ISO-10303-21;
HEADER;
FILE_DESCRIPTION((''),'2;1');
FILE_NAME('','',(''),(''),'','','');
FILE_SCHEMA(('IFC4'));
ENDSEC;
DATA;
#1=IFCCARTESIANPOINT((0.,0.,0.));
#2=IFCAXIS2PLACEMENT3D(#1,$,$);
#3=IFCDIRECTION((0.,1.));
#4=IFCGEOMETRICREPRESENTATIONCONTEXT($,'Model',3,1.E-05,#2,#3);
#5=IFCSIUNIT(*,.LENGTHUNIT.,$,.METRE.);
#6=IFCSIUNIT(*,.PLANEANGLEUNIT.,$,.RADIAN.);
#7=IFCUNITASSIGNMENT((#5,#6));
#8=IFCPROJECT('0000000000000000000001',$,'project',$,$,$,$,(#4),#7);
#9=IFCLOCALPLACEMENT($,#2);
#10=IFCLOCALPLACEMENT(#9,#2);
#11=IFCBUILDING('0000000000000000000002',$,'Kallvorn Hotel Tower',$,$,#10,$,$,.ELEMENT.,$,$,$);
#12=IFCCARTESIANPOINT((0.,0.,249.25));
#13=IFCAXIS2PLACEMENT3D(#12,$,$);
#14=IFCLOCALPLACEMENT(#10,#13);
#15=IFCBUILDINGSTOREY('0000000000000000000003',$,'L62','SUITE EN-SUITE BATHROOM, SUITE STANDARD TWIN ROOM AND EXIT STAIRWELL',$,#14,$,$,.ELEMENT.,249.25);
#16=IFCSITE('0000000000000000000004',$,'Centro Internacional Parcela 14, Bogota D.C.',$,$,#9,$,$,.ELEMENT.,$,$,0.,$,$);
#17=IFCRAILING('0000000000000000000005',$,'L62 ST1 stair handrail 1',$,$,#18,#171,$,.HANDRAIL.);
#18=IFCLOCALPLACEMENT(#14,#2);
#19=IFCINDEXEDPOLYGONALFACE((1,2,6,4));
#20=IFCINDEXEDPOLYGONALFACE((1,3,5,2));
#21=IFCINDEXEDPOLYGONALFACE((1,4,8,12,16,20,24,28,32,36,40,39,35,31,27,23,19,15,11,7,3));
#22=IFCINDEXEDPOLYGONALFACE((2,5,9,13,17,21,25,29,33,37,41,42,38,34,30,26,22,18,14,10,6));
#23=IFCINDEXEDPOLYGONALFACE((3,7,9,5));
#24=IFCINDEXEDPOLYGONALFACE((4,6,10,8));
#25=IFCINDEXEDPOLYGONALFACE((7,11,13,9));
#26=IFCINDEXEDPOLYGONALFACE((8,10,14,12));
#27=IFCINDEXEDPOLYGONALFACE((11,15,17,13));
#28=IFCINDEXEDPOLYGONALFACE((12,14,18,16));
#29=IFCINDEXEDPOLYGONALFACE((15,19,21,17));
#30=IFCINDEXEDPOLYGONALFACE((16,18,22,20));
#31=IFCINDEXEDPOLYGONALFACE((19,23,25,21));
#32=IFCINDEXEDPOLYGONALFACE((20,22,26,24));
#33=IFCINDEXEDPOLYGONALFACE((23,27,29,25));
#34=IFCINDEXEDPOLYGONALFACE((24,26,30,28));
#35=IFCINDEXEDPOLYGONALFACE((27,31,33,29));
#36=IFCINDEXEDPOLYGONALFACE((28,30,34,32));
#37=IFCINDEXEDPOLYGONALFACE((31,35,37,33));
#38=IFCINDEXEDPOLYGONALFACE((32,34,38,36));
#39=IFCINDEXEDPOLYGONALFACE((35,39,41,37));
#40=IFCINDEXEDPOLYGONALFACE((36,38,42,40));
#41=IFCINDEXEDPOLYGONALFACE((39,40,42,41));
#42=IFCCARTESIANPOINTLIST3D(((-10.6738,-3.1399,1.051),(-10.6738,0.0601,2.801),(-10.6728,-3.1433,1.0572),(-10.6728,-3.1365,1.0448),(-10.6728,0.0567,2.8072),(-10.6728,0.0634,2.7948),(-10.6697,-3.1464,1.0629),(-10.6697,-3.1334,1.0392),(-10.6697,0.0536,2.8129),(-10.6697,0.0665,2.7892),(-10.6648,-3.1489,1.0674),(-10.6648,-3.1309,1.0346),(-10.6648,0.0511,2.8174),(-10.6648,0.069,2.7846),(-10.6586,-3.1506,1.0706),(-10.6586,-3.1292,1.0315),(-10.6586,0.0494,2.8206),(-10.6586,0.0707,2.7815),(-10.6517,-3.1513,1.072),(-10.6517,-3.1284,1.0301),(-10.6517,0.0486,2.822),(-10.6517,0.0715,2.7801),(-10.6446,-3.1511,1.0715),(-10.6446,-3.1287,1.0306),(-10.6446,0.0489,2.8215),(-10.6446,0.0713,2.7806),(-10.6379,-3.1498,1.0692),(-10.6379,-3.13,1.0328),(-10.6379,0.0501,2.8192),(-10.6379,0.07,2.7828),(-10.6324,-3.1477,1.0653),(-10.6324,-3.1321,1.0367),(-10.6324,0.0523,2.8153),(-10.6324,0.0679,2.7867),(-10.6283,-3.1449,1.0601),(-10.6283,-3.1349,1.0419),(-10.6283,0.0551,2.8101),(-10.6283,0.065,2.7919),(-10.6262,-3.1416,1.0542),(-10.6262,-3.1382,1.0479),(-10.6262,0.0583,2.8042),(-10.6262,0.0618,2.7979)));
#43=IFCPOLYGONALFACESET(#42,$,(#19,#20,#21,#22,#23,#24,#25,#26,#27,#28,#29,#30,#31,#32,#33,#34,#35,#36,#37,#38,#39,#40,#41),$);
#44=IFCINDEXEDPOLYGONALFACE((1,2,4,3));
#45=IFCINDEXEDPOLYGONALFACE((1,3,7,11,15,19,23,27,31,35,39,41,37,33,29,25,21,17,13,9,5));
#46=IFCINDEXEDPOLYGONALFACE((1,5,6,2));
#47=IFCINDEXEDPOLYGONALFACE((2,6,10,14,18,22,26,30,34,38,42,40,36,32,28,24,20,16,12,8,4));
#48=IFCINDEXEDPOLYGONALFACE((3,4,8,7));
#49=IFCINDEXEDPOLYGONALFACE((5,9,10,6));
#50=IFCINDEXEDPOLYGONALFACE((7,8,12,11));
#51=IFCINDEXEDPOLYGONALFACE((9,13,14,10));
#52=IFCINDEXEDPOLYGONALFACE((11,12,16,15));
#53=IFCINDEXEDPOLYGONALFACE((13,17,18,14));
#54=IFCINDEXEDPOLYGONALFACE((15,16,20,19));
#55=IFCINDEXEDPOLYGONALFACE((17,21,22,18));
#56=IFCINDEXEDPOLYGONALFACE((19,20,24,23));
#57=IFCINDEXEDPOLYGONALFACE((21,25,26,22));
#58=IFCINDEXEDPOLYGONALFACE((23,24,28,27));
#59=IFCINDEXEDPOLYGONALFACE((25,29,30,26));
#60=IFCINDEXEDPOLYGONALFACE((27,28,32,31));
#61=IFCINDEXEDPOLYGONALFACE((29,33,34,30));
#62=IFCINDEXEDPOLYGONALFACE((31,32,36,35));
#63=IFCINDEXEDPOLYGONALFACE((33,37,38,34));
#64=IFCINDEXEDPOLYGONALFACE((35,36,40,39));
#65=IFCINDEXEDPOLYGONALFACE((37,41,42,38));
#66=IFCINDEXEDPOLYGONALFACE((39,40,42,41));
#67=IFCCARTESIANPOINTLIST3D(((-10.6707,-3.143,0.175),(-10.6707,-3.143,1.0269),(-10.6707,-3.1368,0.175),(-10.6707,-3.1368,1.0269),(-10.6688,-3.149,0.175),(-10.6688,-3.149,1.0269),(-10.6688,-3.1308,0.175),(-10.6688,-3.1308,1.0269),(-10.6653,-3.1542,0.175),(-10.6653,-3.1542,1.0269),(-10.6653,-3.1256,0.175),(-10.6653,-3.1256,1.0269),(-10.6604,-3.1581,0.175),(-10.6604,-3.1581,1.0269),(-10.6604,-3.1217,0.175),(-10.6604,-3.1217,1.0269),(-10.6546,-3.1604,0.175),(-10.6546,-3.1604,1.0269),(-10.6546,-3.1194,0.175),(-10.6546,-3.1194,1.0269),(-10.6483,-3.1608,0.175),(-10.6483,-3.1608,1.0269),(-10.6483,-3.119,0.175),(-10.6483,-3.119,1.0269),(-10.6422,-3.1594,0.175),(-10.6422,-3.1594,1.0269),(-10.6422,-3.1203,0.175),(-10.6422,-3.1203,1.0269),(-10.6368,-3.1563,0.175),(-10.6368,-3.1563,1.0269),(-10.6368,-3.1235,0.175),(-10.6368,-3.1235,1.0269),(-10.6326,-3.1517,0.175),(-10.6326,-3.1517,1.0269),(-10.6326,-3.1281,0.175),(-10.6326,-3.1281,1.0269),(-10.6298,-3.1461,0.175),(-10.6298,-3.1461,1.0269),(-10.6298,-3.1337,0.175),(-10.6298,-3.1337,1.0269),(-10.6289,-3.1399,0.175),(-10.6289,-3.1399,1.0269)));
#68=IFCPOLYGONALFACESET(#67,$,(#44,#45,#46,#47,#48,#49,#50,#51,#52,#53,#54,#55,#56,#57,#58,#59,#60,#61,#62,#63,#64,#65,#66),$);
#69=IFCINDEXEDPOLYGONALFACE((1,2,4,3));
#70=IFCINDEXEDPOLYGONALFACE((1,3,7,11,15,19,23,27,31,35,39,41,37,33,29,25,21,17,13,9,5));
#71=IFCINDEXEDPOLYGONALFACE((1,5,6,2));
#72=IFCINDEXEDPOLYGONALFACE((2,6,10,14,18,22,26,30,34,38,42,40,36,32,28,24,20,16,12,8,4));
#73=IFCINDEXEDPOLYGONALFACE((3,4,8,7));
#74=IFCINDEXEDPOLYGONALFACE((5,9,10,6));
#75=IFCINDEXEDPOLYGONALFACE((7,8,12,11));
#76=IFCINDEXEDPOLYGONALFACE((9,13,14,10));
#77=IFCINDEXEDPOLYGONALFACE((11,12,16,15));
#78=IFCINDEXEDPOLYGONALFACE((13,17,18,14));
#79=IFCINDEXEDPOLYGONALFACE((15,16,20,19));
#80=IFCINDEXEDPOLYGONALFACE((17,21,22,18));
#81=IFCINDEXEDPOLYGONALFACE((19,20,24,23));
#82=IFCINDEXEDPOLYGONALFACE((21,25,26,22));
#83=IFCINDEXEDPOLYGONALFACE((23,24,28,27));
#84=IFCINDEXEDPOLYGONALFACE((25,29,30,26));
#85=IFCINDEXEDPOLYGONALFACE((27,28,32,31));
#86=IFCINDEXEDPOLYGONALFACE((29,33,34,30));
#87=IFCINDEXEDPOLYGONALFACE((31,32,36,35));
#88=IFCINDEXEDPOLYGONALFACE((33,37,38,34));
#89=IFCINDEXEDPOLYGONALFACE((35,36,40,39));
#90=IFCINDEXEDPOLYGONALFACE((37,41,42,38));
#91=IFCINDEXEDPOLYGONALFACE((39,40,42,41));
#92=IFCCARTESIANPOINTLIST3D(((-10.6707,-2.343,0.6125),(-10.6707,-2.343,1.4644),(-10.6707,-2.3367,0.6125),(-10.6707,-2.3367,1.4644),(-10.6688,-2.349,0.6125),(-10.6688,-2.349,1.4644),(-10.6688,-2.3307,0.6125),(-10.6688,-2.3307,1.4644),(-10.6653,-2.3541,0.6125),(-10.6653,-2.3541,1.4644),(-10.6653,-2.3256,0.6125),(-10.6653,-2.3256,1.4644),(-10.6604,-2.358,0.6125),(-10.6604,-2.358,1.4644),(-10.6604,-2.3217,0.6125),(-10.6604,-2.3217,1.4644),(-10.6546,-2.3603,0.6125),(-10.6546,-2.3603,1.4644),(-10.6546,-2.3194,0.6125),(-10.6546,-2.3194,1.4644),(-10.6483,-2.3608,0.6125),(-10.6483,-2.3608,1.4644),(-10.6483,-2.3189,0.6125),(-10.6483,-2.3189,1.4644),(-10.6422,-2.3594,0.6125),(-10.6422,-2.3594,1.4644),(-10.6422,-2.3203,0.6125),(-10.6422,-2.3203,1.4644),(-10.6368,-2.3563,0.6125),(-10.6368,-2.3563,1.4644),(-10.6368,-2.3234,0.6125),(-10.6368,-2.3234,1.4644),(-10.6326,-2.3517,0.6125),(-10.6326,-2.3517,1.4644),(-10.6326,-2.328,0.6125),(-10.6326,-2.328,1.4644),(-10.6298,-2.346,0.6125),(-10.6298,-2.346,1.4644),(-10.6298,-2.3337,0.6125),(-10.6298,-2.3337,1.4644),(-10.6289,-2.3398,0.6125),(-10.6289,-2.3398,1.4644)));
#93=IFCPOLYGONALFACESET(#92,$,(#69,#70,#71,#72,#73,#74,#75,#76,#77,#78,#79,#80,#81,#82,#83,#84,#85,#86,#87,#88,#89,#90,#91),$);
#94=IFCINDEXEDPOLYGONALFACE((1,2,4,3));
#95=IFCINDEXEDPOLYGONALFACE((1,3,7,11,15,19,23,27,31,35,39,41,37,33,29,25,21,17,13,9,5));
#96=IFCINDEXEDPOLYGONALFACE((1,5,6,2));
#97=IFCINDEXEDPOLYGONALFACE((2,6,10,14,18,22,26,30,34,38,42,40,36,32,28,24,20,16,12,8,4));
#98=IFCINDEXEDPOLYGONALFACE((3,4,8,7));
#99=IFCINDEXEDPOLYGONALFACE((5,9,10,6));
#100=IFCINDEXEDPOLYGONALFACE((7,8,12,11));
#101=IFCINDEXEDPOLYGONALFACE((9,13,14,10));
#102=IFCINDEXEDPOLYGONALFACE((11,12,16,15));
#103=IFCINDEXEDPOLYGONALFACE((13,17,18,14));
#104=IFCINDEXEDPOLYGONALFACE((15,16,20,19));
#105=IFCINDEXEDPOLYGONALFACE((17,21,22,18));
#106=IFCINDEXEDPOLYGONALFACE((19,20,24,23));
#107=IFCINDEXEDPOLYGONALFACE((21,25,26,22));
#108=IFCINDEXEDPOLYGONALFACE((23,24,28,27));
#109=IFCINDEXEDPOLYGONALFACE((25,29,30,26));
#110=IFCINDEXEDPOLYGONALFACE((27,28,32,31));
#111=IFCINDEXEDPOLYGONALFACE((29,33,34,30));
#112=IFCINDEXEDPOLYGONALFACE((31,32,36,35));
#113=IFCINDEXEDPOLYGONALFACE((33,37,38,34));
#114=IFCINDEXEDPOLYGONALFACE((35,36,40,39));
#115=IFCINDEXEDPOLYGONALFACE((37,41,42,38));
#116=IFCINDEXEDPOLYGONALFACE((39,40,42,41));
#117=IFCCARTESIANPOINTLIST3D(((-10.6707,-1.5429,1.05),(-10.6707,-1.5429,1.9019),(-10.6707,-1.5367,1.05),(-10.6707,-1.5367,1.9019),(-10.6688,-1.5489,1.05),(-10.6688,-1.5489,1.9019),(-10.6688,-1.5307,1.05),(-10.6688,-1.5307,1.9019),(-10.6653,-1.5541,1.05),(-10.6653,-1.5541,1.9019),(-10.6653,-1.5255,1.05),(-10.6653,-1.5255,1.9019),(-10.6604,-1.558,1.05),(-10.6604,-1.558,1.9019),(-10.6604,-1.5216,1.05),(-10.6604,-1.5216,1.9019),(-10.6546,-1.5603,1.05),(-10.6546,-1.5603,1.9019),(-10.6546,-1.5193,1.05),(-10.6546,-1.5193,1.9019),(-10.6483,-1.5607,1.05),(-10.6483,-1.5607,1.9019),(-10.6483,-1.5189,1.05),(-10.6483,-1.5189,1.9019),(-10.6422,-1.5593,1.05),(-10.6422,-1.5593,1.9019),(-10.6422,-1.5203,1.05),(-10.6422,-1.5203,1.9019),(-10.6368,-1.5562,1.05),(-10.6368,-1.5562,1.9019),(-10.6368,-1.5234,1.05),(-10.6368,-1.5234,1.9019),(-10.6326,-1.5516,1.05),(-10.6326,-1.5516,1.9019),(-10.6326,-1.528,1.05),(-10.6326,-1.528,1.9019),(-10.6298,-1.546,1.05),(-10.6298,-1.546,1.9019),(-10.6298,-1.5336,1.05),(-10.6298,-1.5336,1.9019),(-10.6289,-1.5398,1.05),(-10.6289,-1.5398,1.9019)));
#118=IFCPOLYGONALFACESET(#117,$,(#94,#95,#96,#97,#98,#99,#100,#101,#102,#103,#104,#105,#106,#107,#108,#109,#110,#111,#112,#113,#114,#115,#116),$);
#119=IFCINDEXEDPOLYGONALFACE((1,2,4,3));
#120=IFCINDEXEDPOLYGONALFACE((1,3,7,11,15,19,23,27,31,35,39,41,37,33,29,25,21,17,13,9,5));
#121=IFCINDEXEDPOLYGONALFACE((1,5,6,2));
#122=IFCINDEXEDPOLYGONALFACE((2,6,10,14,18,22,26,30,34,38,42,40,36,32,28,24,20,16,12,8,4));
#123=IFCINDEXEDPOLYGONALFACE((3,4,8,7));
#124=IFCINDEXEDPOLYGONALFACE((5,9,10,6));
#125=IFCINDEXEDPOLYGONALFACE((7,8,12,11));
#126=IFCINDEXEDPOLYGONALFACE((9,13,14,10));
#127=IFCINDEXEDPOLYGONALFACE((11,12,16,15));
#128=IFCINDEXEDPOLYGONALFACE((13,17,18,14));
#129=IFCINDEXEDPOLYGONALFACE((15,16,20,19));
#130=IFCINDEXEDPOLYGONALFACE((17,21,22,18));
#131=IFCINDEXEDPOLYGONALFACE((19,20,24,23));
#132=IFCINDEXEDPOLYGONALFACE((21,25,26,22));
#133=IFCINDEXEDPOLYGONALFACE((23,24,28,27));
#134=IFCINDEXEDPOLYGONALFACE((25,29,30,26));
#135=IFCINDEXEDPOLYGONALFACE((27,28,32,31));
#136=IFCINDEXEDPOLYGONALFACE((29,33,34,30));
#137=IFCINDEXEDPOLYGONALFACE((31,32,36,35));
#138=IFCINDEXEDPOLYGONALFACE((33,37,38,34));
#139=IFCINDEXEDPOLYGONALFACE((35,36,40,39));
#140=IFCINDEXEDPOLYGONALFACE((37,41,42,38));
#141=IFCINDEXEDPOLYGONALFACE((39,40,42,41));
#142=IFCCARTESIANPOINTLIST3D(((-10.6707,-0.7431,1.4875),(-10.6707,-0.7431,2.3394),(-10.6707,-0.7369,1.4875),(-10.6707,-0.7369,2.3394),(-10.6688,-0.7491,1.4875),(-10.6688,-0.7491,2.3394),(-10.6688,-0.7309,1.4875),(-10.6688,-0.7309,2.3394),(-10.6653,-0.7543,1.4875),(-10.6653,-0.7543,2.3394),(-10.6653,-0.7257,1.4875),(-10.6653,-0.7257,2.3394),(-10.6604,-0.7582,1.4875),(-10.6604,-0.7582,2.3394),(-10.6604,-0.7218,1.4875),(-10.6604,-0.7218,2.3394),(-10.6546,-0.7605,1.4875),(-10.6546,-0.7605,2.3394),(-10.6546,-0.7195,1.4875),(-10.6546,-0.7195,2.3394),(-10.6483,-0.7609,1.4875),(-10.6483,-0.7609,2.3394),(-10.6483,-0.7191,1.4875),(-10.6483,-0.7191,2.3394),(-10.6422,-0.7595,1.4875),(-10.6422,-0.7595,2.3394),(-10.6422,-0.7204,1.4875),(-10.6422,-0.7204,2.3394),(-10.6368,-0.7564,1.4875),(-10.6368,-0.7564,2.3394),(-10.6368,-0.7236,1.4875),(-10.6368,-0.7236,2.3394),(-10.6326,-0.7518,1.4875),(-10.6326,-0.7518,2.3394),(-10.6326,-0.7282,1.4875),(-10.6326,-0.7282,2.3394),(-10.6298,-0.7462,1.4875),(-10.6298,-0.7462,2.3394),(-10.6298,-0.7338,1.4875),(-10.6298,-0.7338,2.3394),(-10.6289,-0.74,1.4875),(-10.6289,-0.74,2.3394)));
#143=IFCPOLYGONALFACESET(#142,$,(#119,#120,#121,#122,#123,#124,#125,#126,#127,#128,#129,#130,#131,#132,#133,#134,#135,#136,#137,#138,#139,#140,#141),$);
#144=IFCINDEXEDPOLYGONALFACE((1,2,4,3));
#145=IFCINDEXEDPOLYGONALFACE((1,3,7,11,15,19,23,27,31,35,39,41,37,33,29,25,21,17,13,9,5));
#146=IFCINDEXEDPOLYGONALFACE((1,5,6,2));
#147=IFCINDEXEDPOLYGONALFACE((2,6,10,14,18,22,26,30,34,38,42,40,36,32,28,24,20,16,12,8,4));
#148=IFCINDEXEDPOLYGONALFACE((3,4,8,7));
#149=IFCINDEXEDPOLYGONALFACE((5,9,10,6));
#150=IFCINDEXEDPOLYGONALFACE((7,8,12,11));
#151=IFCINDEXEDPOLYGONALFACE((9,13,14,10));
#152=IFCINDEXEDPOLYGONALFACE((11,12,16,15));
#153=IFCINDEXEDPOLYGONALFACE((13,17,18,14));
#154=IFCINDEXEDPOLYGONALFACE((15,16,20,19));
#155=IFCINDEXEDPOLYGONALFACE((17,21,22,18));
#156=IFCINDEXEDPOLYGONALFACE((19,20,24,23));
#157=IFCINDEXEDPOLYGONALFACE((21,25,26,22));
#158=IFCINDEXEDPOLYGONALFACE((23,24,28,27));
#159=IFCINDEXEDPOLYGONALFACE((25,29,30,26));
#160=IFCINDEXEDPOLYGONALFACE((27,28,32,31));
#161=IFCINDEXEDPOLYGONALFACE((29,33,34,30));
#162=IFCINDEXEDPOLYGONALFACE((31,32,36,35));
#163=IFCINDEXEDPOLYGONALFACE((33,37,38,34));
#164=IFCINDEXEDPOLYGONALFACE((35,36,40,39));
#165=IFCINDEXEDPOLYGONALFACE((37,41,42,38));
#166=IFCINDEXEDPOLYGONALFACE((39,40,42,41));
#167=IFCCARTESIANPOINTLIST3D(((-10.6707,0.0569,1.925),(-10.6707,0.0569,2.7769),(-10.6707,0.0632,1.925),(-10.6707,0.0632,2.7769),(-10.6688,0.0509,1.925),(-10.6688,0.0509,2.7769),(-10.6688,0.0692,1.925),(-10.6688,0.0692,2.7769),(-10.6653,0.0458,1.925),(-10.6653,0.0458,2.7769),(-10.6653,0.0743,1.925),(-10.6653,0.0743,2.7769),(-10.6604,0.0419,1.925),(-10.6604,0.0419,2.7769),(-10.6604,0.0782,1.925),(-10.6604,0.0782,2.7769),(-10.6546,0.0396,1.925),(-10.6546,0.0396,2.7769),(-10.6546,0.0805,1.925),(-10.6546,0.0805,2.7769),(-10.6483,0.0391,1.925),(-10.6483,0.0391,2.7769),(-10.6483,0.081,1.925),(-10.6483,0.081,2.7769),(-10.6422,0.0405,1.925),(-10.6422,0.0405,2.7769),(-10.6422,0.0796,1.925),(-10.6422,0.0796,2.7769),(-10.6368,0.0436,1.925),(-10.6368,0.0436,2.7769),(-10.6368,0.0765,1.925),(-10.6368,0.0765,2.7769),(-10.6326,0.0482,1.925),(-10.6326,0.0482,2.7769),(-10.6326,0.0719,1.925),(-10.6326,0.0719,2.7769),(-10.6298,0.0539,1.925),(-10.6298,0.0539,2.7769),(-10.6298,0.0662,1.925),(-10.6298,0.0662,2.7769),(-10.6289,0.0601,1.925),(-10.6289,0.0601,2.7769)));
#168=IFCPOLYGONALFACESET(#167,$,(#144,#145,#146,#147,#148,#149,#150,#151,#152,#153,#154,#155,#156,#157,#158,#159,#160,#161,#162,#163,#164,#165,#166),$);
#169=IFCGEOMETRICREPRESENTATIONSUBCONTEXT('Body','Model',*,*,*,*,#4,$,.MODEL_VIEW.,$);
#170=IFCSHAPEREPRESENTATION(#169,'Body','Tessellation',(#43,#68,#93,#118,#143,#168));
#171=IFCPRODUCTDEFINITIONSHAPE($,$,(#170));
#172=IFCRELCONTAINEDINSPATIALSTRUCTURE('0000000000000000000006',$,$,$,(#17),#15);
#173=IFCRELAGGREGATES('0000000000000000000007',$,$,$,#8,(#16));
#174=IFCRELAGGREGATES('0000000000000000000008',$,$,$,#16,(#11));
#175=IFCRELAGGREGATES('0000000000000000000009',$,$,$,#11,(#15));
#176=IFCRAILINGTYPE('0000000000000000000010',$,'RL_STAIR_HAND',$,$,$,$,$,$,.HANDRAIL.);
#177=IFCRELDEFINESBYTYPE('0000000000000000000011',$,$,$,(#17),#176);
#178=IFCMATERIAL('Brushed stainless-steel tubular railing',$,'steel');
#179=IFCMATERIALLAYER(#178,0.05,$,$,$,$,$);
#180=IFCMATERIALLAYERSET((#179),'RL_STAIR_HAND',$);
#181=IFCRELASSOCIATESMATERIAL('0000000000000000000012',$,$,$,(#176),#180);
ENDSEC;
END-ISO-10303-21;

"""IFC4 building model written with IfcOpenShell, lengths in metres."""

from ifc_helpers import new_model, si_unit, direction, frame, origin, origin_2d, place, context, subcontext, project, spatial, circle, extrude, material, layer, layer_set, type_object, element, save


model = new_model("IFC4")

# Units and contexts
model_context = context("Model", 3, precision=1e-05, world=origin(), true_north=direction((0.0, 1.0)))
body_context = subcontext(model_context, "Body", "Model", "MODEL_VIEW")
ifc_project = project(units=[si_unit("LENGTHUNIT", "METRE"), si_unit("PLANEANGLEUNIT", "RADIAN")], contexts=[model_context])

# Site, building, storey
site_placement = place(None, origin())
site = spatial("IfcSite", under=ifc_project, at=site_placement, Name="Centro Internacional Parcela 14, Bogota D.C.", CompositionType="ELEMENT", RefElevation=0.0)
building_placement = place(site_placement, origin())
building = spatial("IfcBuilding", under=site, at=building_placement, Name="Kallvorn Hotel Tower", CompositionType="ELEMENT")
storey_placement = place(building_placement, frame((0.0, 0.0, 249.25)))
storey = spatial("IfcBuildingStorey", under=building, at=storey_placement, Name="L62", Description="SUITE EN-SUITE BATHROOM, SUITE STANDARD TWIN ROOM AND EXIT STAIRWELL", CompositionType="ELEMENT", Elevation=249.25)

# Railing
ifc_material_1 = material(Name="Brushed stainless-steel tubular railing", Category="steel")
ifc_layer_1 = layer(ifc_material_1, 0.05)
ifc_layer_set_1 = layer_set([ifc_layer_1], Name="RL_STAIR_HAND")
railing_type_1 = type_object("IfcRailingType", Name="RL_STAIR_HAND", PredefinedType="HANDRAIL", material=ifc_layer_set_1)
railing_1_placement = place(storey_placement, frame((-10.6499, -3.1399, 0.175)))
element("IfcRailing", 1, at=railing_1_placement, inside=storey, type_object=railing_type_1, Name="L62 ST1 stair handrail 1", PredefinedType="HANDRAIL", context=body_context, shape_type="SweptSolid", body=[
    extrude(circle(Radius=0.0239, at=origin_2d()), frame((0.0, 0.0, 0.876), z_axis=(0.0, 0.877368, 0.479818), x_axis=(-1.0, 0.0, 0.0)), (0.0, 0.0, 1.0), 3.6472),
    extrude(circle(Radius=0.021, at=origin_2d()), origin(), (0.0, 0.0, 1.0), 0.8518),
    extrude(circle(Radius=0.021, at=origin_2d()), frame((0.0, 0.8, 0.4375)), (0.0, 0.0, 1.0), 0.8518),
    extrude(circle(Radius=0.021, at=origin_2d()), frame((0.0, 1.6001, 0.875)), (0.0, 0.0, 1.0), 0.8518),
    extrude(circle(Radius=0.021, at=origin_2d()), frame((0.0, 2.3999, 1.3125)), (0.0, 0.0, 1.0), 0.8518),
    extrude(circle(Radius=0.021, at=origin_2d()), frame((0.0, 3.2, 1.75)), (0.0, 0.0, 1.0), 0.8518),
])

save(model, "model.ifc")
